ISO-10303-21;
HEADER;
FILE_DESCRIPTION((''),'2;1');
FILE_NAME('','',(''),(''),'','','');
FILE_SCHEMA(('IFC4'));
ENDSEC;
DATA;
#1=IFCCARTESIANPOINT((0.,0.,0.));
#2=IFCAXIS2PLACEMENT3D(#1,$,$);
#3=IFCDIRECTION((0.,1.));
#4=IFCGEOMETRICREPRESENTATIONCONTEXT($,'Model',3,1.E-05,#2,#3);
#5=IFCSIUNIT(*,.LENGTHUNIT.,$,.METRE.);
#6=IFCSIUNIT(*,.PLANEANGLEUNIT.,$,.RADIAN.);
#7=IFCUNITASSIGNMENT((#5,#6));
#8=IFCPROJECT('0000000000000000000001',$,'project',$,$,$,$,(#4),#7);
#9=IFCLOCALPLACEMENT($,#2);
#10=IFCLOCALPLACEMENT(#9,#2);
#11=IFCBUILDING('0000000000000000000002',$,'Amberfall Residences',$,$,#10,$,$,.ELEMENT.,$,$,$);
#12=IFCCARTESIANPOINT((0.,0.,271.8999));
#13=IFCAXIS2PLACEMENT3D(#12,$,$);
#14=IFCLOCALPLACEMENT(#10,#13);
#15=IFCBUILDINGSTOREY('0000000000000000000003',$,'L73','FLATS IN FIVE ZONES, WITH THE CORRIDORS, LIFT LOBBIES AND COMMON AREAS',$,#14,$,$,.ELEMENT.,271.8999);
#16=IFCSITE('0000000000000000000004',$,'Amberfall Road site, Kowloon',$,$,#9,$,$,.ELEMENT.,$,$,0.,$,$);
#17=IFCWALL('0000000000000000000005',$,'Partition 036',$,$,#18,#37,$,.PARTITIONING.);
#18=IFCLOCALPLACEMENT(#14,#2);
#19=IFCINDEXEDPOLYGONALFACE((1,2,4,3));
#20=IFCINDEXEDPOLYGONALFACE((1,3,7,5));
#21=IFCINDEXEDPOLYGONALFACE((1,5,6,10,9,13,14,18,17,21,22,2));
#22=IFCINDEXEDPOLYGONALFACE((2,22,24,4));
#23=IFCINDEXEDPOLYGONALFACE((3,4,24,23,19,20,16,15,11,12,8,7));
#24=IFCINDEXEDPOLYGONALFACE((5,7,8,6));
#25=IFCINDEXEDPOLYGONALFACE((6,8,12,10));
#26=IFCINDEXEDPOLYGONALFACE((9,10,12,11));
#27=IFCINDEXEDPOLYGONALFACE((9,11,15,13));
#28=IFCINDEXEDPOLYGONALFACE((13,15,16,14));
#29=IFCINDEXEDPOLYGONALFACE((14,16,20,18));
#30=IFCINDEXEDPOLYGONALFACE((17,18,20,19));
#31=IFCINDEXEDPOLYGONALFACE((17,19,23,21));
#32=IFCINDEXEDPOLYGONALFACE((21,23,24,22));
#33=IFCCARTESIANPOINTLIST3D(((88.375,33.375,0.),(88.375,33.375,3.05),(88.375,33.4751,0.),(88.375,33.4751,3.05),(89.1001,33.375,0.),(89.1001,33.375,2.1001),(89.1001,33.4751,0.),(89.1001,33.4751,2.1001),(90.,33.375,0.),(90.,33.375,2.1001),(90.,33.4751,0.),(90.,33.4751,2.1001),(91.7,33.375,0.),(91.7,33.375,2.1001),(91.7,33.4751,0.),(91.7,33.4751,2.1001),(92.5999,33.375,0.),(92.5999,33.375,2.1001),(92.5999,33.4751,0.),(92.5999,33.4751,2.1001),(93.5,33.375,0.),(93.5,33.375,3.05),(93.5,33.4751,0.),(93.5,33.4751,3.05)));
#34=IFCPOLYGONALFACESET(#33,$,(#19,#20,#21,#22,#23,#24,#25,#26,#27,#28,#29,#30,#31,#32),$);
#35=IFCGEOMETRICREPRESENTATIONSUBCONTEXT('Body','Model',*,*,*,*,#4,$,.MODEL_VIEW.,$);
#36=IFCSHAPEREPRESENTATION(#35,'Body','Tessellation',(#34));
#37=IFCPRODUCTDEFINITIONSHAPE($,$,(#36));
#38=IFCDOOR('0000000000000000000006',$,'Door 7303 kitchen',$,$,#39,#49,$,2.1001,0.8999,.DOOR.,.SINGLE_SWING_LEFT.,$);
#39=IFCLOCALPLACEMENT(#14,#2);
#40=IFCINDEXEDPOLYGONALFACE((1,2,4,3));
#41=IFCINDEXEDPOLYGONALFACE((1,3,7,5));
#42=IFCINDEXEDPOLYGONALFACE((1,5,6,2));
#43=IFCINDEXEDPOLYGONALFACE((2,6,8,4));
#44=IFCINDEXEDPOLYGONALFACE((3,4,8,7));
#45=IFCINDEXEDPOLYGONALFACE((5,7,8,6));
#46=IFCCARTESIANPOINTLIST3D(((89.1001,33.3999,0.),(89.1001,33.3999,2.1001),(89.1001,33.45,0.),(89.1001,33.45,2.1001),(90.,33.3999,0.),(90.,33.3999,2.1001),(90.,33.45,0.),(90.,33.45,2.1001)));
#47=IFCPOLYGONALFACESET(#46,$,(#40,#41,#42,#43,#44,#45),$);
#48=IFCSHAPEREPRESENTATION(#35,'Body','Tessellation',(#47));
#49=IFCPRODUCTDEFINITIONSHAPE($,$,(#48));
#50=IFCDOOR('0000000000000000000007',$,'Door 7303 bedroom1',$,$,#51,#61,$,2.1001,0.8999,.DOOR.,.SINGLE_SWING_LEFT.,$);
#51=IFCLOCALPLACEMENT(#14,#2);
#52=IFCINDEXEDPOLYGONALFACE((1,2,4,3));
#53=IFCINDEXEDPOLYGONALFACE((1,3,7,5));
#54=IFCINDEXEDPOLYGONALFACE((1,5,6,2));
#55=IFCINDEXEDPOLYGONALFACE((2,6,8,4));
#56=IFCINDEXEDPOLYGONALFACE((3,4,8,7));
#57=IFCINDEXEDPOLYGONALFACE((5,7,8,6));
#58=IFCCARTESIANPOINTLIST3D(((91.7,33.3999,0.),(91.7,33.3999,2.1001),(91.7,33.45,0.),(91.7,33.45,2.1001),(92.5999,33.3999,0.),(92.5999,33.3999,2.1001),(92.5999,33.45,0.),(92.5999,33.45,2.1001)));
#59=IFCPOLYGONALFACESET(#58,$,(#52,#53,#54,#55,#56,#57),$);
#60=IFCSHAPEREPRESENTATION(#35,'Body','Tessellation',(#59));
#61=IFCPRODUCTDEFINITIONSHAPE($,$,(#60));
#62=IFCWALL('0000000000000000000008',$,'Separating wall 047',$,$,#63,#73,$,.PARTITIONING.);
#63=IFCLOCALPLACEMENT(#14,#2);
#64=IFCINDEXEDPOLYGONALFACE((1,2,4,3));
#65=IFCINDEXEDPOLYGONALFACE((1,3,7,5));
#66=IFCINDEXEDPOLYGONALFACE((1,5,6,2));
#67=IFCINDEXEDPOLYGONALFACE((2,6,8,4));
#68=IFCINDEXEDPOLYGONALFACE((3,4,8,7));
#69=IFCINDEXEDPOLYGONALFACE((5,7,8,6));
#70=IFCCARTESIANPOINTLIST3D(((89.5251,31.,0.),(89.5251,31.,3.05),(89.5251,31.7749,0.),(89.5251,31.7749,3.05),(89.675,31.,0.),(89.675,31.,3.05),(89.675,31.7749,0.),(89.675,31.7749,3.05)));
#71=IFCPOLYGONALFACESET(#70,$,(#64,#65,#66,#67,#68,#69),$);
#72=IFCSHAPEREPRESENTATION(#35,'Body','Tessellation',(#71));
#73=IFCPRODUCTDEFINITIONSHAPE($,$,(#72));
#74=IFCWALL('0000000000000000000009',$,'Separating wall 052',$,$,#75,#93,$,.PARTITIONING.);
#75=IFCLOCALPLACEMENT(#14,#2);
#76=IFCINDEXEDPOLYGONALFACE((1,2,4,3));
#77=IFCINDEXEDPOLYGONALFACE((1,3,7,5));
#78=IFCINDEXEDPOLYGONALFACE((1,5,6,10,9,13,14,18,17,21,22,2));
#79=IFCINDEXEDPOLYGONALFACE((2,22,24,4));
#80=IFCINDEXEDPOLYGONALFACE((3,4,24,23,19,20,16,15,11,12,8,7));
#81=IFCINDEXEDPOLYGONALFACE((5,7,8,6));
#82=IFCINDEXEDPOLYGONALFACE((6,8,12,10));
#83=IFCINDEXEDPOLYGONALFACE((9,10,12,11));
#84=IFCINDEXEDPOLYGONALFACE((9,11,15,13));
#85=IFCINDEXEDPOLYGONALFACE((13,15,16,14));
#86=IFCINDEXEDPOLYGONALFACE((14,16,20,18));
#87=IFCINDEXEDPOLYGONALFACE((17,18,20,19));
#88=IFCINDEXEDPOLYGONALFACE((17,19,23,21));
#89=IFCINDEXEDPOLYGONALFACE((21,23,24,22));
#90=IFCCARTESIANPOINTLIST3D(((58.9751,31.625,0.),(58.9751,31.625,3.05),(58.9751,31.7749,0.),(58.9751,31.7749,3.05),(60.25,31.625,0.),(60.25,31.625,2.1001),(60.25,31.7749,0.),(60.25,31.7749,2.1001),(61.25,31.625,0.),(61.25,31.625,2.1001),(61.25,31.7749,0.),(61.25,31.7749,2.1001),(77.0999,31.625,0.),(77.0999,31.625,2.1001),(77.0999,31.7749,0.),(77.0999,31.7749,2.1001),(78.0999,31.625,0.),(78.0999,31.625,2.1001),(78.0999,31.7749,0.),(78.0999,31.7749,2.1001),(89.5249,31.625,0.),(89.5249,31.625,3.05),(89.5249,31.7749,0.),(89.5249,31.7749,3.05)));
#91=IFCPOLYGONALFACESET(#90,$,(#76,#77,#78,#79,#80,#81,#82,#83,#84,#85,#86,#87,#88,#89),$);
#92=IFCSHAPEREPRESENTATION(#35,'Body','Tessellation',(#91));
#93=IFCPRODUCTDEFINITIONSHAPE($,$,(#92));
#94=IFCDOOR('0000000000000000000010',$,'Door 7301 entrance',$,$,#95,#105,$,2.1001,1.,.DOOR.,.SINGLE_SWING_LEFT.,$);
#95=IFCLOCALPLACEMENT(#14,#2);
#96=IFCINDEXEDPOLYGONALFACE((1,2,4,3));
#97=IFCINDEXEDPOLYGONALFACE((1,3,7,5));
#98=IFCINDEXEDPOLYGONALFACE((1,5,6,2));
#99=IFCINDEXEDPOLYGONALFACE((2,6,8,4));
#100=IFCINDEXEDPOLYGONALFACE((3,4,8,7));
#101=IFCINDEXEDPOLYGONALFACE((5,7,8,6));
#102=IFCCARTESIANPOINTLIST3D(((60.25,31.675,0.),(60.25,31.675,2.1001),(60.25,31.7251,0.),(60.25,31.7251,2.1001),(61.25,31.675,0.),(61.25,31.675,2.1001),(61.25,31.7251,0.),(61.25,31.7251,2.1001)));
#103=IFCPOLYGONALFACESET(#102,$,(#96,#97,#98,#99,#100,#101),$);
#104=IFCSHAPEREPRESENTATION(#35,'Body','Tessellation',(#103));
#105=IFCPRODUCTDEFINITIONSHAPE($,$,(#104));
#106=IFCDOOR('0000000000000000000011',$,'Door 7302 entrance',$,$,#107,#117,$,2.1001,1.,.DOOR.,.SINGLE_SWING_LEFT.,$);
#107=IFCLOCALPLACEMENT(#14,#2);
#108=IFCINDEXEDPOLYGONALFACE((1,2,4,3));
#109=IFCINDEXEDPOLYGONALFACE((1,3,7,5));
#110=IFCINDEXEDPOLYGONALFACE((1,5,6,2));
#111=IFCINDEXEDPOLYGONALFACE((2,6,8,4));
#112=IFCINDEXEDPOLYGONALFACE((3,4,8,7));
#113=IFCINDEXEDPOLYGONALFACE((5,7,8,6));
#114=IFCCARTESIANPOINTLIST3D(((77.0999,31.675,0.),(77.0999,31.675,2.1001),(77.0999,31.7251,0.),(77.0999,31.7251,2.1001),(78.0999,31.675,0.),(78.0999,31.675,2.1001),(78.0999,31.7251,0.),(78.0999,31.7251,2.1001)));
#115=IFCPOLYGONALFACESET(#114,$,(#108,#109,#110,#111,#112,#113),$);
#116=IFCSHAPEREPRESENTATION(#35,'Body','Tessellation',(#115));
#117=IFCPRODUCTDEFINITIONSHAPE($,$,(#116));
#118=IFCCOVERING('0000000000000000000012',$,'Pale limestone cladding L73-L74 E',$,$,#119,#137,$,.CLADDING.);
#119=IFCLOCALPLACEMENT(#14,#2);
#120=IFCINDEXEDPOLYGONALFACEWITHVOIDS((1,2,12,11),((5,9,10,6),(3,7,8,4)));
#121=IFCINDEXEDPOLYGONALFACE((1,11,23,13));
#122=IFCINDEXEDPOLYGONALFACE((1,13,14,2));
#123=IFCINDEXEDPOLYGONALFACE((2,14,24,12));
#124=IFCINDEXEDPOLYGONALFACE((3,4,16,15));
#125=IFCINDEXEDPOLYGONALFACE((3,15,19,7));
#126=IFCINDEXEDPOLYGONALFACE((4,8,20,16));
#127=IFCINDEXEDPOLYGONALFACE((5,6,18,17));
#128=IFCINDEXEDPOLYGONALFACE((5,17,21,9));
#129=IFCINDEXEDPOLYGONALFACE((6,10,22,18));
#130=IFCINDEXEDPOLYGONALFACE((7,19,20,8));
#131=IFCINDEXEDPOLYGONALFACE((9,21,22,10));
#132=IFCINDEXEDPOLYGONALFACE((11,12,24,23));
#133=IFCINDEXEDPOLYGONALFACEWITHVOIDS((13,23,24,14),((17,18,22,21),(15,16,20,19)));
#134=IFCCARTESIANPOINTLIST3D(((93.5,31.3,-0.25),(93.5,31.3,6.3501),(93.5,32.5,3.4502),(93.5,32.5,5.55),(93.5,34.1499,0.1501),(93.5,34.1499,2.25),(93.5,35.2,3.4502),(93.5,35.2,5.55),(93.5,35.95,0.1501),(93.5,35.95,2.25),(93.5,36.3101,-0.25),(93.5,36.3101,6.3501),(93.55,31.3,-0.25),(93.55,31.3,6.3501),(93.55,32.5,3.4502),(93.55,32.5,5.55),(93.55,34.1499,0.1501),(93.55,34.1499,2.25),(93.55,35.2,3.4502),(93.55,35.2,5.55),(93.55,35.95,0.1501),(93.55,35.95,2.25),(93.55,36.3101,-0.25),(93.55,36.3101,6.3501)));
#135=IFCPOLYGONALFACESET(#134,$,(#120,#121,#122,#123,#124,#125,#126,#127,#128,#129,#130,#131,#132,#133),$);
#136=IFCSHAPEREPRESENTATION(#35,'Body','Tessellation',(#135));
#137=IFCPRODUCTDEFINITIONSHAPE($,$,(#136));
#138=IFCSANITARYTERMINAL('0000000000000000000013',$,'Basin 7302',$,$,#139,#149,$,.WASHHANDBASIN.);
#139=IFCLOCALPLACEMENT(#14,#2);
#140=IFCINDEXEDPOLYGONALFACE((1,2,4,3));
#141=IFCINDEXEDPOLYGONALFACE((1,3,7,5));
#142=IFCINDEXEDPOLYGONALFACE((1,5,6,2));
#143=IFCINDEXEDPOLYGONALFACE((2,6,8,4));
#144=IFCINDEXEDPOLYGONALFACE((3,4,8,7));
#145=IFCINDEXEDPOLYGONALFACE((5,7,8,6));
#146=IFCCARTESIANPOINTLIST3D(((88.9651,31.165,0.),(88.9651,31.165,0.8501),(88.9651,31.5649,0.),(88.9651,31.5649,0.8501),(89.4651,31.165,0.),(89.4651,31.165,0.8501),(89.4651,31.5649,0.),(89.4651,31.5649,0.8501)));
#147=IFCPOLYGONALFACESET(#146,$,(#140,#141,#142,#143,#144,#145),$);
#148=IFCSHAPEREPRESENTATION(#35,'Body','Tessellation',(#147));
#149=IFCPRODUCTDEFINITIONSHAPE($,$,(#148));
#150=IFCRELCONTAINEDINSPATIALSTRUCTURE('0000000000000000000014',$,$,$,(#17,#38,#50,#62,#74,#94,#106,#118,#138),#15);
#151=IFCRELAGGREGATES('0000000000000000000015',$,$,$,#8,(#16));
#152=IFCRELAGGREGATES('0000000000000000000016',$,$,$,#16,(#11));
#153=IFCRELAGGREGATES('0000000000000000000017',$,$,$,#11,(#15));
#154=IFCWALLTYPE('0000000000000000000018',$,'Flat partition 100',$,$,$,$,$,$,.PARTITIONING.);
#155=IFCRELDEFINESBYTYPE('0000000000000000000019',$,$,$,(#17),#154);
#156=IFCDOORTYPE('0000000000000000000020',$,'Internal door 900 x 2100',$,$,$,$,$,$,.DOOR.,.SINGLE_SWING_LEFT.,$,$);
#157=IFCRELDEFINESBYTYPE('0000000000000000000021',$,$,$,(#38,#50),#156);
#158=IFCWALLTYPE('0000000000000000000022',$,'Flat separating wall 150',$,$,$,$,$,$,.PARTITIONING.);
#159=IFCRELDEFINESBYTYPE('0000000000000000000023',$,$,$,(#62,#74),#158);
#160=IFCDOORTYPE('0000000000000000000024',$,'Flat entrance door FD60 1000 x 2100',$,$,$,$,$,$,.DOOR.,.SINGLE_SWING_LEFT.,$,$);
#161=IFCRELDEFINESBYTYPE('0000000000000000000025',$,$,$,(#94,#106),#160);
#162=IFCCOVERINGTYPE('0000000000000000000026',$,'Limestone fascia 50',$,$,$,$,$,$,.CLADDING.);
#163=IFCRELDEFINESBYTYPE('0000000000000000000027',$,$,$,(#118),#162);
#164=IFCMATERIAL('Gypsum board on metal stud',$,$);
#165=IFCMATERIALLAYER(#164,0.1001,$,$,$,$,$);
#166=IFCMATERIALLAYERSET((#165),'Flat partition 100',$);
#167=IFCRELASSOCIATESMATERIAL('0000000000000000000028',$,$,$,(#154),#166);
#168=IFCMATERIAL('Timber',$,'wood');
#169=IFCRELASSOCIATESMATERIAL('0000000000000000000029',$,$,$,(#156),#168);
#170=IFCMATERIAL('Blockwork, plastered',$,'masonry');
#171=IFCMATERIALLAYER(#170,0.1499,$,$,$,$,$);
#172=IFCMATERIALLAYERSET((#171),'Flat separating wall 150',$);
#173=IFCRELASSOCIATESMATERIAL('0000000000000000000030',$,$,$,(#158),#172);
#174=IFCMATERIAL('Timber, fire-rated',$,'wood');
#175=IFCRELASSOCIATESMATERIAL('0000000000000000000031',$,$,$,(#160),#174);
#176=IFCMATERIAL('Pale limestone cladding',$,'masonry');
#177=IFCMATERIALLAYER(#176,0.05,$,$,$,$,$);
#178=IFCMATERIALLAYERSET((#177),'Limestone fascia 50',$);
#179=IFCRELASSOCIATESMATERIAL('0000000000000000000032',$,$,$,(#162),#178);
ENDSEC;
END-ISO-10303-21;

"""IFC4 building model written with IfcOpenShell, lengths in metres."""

from ifc_helpers import new_model, si_unit, direction, frame, frame_2d, origin, origin_2d, place, context, subcontext, project, spatial, polyline, rectangle, outline, extrude, material, layer, layer_set, type_object, element, fill, save


model = new_model("IFC4")

# Units and contexts
model_context = context("Model", 3, precision=1e-05, world=origin(), true_north=direction((0.0, 1.0)))
body_context = subcontext(model_context, "Body", "Model", "MODEL_VIEW")
ifc_project = project(units=[si_unit("LENGTHUNIT", "METRE"), si_unit("PLANEANGLEUNIT", "RADIAN")], contexts=[model_context])

# Site, building, storey
site_placement = place(None, origin())
site = spatial("IfcSite", under=ifc_project, at=site_placement, Name="Amberfall Road site, Kowloon", CompositionType="ELEMENT", RefElevation=0.0)
building_placement = place(site_placement, origin())
building = spatial("IfcBuilding", under=site, at=building_placement, Name="Amberfall Residences", CompositionType="ELEMENT")
storey_placement = place(building_placement, frame((0.0, 0.0, 271.8999)))
storey = spatial("IfcBuildingStorey", under=building, at=storey_placement, Name="L73", Description="FLATS IN FIVE ZONES, WITH THE CORRIDORS, LIFT LOBBIES AND COMMON AREAS", CompositionType="ELEMENT", Elevation=271.8999)

# Shared definitions
ifc_material_1 = material(Name="Gypsum board on metal stud")
ifc_layer_1 = layer(ifc_material_1, 0.1001)
ifc_layer_set_1 = layer_set([ifc_layer_1], Name="Flat partition 100")
wall_type_1 = type_object("IfcWallType", Name="Flat partition 100", PredefinedType="PARTITIONING", material=ifc_layer_set_1)
ifc_material_2 = material(Name="Timber", Category="wood")

# Wall, openings, doors
wall_1_placement = place(storey_placement, frame((88.375, 33.425, 0.0), z_axis=(0.0, 0.0, 1.0), x_axis=(1.0, 0.0, 0.0)))
wall_1 = element("IfcWall", 1, at=wall_1_placement, inside=storey, type_object=wall_type_1, Name="Partition 036", PredefinedType="PARTITIONING", context=body_context, shape_type="SweptSolid", body=[
    extrude(rectangle(XDim=5.125, YDim=0.1001, at=frame_2d((2.5625, 0.0))), origin(), (0.0, 0.0, 1.0), 3.05),
])
opening_1_placement = place(wall_1_placement, frame((0.7251, 0.0, 0.0)))
opening_1 = element("IfcOpeningElement", 2, at=opening_1_placement, cuts=wall_1, PredefinedType="OPENING", context=body_context, shape_type="SweptSolid", body=[
    extrude(rectangle(XDim=0.8999, YDim=2.1001, at=frame_2d((0.45, 1.05))), frame((0.0, 0.0601, 0.0), z_axis=(0.0, -1.0, 0.0), x_axis=(1.0, 0.0, 0.0)), (0.0, 0.0, 1.0), 0.1201),
])
opening_2_placement = place(wall_1_placement, frame((3.325, 0.0, 0.0)))
opening_2 = element("IfcOpeningElement", 3, at=opening_2_placement, cuts=wall_1, PredefinedType="OPENING", context=body_context, shape_type="SweptSolid", body=[
    extrude(rectangle(XDim=0.8999, YDim=2.1001, at=frame_2d((0.45, 1.05))), frame((0.0, 0.0601, 0.0), z_axis=(0.0, -1.0, 0.0), x_axis=(1.0, 0.0, 0.0)), (0.0, 0.0, 1.0), 0.1201),
])
door_type_1 = type_object("IfcDoorType", Name="Internal door 900 x 2100", OperationType="SINGLE_SWING_LEFT", PredefinedType="DOOR", material=ifc_material_2)
door_1_placement = place(opening_1_placement, origin())
door_1 = element("IfcDoor", 4, at=door_1_placement, inside=storey, type_object=door_type_1, Name="Door 7303 kitchen", OperationType="SINGLE_SWING_LEFT", OverallHeight=2.1001, OverallWidth=0.8999, PredefinedType="DOOR", context=body_context, shape_type="SweptSolid", body=[
    extrude(rectangle(XDim=0.8999, YDim=2.1001, at=frame_2d((0.45, 1.05))), frame((0.0, 0.0249, 0.0), z_axis=(0.0, -1.0, 0.0), x_axis=(1.0, 0.0, 0.0)), (0.0, 0.0, 1.0), 0.05),
])
fill(opening_1, door_1)
door_2_placement = place(opening_2_placement, origin())
door_2 = element("IfcDoor", 5, at=door_2_placement, inside=storey, type_object=door_type_1, Name="Door 7303 bedroom1", OperationType="SINGLE_SWING_LEFT", OverallHeight=2.1001, OverallWidth=0.8999, PredefinedType="DOOR", context=body_context, shape_type="SweptSolid", body=[
    extrude(rectangle(XDim=0.8999, YDim=2.1001, at=frame_2d((0.45, 1.05))), frame((0.0, 0.0249, 0.0), z_axis=(0.0, -1.0, 0.0), x_axis=(1.0, 0.0, 0.0)), (0.0, 0.0, 1.0), 0.05),
])
fill(opening_2, door_2)

# Wall
ifc_material_3 = material(Name="Blockwork, plastered", Category="masonry")
ifc_layer_2 = layer(ifc_material_3, 0.1499)
ifc_layer_set_2 = layer_set([ifc_layer_2], Name="Flat separating wall 150")
wall_type_2 = type_object("IfcWallType", Name="Flat separating wall 150", PredefinedType="PARTITIONING", material=ifc_layer_set_2)
wall_2_placement = place(storey_placement, frame((89.6001, 31.0, 0.0), z_axis=(0.0, 0.0, 1.0), x_axis=(0.0, 1.0, 0.0)))
element("IfcWall", 6, at=wall_2_placement, inside=storey, type_object=wall_type_2, Name="Separating wall 047", PredefinedType="PARTITIONING", context=body_context, shape_type="SweptSolid", body=[
    extrude(rectangle(XDim=0.7749, YDim=0.1499, at=frame_2d((0.3875, 0.0))), origin(), (0.0, 0.0, 1.0), 3.05),
])

# Wall, openings, doors
wall_3_placement = place(storey_placement, frame((89.5249, 31.7, 0.0), z_axis=(0.0, 0.0, 1.0), x_axis=(-1.0, 0.0, 0.0)))
wall_3 = element("IfcWall", 7, at=wall_3_placement, inside=storey, type_object=wall_type_2, Name="Separating wall 052", PredefinedType="PARTITIONING", context=body_context, shape_type="SweptSolid", body=[
    extrude(rectangle(XDim=30.5498, YDim=0.1499, at=frame_2d((15.2749, 0.0))), origin(), (0.0, 0.0, 1.0), 3.05),
])
opening_3_placement = place(wall_3_placement, frame((28.2749, 0.0, 0.0)))
opening_3 = element("IfcOpeningElement", 8, at=opening_3_placement, cuts=wall_3, PredefinedType="OPENING", context=body_context, shape_type="SweptSolid", body=[
    extrude(rectangle(XDim=1.0, YDim=2.1001, at=frame_2d((0.5, 1.05))), frame((0.0, 0.085, 0.0), z_axis=(0.0, -1.0, 0.0), x_axis=(1.0, 0.0, 0.0)), (0.0, 0.0, 1.0), 0.1699),
])
opening_4_placement = place(wall_3_placement, frame((11.425, 0.0, 0.0)))
opening_4 = element("IfcOpeningElement", 9, at=opening_4_placement, cuts=wall_3, PredefinedType="OPENING", context=body_context, shape_type="SweptSolid", body=[
    extrude(rectangle(XDim=1.0, YDim=2.1001, at=frame_2d((0.5, 1.05))), frame((0.0, 0.085, 0.0), z_axis=(0.0, -1.0, 0.0), x_axis=(1.0, 0.0, 0.0)), (0.0, 0.0, 1.0), 0.1699),
])
ifc_material_4 = material(Name="Timber, fire-rated", Category="wood")
door_type_2 = type_object("IfcDoorType", Name="Flat entrance door FD60 1000 x 2100", OperationType="SINGLE_SWING_LEFT", PredefinedType="DOOR", material=ifc_material_4)
door_3_placement = place(opening_3_placement, origin())
door_3 = element("IfcDoor", 10, at=door_3_placement, inside=storey, type_object=door_type_2, Name="Door 7301 entrance", OperationType="SINGLE_SWING_LEFT", OverallHeight=2.1001, OverallWidth=1.0, PredefinedType="DOOR", context=body_context, shape_type="SweptSolid", body=[
    extrude(rectangle(XDim=1.0, YDim=2.1001, at=frame_2d((0.5, 1.05))), frame((0.0, 0.0249, 0.0), z_axis=(0.0, -1.0, 0.0), x_axis=(1.0, 0.0, 0.0)), (0.0, 0.0, 1.0), 0.05),
])
fill(opening_3, door_3)
door_4_placement = place(opening_4_placement, origin())
door_4 = element("IfcDoor", 11, at=door_4_placement, inside=storey, type_object=door_type_2, Name="Door 7302 entrance", OperationType="SINGLE_SWING_LEFT", OverallHeight=2.1001, OverallWidth=1.0, PredefinedType="DOOR", context=body_context, shape_type="SweptSolid", body=[
    extrude(rectangle(XDim=1.0, YDim=2.1001, at=frame_2d((0.5, 1.05))), frame((0.0, 0.0249, 0.0), z_axis=(0.0, -1.0, 0.0), x_axis=(1.0, 0.0, 0.0)), (0.0, 0.0, 1.0), 0.05),
])
fill(opening_4, door_4)

# Covering
ifc_material_5 = material(Name="Pale limestone cladding", Category="masonry")
ifc_layer_3 = layer(ifc_material_5, 0.05)
ifc_layer_set_3 = layer_set([ifc_layer_3], Name="Limestone fascia 50")
covering_type = type_object("IfcCoveringType", Name="Limestone fascia 50", PredefinedType="CLADDING", material=ifc_layer_set_3)
covering_placement = place(storey_placement, frame((93.5, 31.3, 6.3501), z_axis=(-1.0, 0.0, 0.0), x_axis=(0.0, 1.0, 0.0)))
element("IfcCovering", 12, at=covering_placement, inside=storey, type_object=covering_type, Name="Pale limestone cladding L73-L74 E", PredefinedType="CLADDING", context=body_context, shape_type="SweptSolid", body=[
    extrude(outline(polyline([(0.0, 0.0), (5.01, 0.0), (5.01, 6.6001), (0.0, 6.6001), (0.0, 0.0)]), holes=[polyline([(2.8499, 4.1001), (4.6499, 4.1001), (4.6499, 6.2), (2.8499, 6.2), (2.8499, 4.1001)]), polyline([(1.2, 0.8), (3.8999, 0.8), (3.8999, 2.8999), (1.2, 2.8999), (1.2, 0.8)])]), origin(), (0.0, 0.0, -1.0), 0.05),
])

# Sanitary terminal
sanitary_terminal_placement = place(storey_placement, frame((89.2151, 31.365, 0.0), z_axis=(0.0, 0.0, 1.0), x_axis=(1.0, 0.0, 0.0)))
element("IfcSanitaryTerminal", 13, at=sanitary_terminal_placement, inside=storey, Name="Basin 7302", PredefinedType="WASHHANDBASIN", context=body_context, shape_type="SweptSolid", body=[
    extrude(rectangle(XDim=0.5, YDim=0.3999, at=origin_2d()), origin(), (0.0, 0.0, 1.0), 0.8501),
])

save(model, "model.ifc")
